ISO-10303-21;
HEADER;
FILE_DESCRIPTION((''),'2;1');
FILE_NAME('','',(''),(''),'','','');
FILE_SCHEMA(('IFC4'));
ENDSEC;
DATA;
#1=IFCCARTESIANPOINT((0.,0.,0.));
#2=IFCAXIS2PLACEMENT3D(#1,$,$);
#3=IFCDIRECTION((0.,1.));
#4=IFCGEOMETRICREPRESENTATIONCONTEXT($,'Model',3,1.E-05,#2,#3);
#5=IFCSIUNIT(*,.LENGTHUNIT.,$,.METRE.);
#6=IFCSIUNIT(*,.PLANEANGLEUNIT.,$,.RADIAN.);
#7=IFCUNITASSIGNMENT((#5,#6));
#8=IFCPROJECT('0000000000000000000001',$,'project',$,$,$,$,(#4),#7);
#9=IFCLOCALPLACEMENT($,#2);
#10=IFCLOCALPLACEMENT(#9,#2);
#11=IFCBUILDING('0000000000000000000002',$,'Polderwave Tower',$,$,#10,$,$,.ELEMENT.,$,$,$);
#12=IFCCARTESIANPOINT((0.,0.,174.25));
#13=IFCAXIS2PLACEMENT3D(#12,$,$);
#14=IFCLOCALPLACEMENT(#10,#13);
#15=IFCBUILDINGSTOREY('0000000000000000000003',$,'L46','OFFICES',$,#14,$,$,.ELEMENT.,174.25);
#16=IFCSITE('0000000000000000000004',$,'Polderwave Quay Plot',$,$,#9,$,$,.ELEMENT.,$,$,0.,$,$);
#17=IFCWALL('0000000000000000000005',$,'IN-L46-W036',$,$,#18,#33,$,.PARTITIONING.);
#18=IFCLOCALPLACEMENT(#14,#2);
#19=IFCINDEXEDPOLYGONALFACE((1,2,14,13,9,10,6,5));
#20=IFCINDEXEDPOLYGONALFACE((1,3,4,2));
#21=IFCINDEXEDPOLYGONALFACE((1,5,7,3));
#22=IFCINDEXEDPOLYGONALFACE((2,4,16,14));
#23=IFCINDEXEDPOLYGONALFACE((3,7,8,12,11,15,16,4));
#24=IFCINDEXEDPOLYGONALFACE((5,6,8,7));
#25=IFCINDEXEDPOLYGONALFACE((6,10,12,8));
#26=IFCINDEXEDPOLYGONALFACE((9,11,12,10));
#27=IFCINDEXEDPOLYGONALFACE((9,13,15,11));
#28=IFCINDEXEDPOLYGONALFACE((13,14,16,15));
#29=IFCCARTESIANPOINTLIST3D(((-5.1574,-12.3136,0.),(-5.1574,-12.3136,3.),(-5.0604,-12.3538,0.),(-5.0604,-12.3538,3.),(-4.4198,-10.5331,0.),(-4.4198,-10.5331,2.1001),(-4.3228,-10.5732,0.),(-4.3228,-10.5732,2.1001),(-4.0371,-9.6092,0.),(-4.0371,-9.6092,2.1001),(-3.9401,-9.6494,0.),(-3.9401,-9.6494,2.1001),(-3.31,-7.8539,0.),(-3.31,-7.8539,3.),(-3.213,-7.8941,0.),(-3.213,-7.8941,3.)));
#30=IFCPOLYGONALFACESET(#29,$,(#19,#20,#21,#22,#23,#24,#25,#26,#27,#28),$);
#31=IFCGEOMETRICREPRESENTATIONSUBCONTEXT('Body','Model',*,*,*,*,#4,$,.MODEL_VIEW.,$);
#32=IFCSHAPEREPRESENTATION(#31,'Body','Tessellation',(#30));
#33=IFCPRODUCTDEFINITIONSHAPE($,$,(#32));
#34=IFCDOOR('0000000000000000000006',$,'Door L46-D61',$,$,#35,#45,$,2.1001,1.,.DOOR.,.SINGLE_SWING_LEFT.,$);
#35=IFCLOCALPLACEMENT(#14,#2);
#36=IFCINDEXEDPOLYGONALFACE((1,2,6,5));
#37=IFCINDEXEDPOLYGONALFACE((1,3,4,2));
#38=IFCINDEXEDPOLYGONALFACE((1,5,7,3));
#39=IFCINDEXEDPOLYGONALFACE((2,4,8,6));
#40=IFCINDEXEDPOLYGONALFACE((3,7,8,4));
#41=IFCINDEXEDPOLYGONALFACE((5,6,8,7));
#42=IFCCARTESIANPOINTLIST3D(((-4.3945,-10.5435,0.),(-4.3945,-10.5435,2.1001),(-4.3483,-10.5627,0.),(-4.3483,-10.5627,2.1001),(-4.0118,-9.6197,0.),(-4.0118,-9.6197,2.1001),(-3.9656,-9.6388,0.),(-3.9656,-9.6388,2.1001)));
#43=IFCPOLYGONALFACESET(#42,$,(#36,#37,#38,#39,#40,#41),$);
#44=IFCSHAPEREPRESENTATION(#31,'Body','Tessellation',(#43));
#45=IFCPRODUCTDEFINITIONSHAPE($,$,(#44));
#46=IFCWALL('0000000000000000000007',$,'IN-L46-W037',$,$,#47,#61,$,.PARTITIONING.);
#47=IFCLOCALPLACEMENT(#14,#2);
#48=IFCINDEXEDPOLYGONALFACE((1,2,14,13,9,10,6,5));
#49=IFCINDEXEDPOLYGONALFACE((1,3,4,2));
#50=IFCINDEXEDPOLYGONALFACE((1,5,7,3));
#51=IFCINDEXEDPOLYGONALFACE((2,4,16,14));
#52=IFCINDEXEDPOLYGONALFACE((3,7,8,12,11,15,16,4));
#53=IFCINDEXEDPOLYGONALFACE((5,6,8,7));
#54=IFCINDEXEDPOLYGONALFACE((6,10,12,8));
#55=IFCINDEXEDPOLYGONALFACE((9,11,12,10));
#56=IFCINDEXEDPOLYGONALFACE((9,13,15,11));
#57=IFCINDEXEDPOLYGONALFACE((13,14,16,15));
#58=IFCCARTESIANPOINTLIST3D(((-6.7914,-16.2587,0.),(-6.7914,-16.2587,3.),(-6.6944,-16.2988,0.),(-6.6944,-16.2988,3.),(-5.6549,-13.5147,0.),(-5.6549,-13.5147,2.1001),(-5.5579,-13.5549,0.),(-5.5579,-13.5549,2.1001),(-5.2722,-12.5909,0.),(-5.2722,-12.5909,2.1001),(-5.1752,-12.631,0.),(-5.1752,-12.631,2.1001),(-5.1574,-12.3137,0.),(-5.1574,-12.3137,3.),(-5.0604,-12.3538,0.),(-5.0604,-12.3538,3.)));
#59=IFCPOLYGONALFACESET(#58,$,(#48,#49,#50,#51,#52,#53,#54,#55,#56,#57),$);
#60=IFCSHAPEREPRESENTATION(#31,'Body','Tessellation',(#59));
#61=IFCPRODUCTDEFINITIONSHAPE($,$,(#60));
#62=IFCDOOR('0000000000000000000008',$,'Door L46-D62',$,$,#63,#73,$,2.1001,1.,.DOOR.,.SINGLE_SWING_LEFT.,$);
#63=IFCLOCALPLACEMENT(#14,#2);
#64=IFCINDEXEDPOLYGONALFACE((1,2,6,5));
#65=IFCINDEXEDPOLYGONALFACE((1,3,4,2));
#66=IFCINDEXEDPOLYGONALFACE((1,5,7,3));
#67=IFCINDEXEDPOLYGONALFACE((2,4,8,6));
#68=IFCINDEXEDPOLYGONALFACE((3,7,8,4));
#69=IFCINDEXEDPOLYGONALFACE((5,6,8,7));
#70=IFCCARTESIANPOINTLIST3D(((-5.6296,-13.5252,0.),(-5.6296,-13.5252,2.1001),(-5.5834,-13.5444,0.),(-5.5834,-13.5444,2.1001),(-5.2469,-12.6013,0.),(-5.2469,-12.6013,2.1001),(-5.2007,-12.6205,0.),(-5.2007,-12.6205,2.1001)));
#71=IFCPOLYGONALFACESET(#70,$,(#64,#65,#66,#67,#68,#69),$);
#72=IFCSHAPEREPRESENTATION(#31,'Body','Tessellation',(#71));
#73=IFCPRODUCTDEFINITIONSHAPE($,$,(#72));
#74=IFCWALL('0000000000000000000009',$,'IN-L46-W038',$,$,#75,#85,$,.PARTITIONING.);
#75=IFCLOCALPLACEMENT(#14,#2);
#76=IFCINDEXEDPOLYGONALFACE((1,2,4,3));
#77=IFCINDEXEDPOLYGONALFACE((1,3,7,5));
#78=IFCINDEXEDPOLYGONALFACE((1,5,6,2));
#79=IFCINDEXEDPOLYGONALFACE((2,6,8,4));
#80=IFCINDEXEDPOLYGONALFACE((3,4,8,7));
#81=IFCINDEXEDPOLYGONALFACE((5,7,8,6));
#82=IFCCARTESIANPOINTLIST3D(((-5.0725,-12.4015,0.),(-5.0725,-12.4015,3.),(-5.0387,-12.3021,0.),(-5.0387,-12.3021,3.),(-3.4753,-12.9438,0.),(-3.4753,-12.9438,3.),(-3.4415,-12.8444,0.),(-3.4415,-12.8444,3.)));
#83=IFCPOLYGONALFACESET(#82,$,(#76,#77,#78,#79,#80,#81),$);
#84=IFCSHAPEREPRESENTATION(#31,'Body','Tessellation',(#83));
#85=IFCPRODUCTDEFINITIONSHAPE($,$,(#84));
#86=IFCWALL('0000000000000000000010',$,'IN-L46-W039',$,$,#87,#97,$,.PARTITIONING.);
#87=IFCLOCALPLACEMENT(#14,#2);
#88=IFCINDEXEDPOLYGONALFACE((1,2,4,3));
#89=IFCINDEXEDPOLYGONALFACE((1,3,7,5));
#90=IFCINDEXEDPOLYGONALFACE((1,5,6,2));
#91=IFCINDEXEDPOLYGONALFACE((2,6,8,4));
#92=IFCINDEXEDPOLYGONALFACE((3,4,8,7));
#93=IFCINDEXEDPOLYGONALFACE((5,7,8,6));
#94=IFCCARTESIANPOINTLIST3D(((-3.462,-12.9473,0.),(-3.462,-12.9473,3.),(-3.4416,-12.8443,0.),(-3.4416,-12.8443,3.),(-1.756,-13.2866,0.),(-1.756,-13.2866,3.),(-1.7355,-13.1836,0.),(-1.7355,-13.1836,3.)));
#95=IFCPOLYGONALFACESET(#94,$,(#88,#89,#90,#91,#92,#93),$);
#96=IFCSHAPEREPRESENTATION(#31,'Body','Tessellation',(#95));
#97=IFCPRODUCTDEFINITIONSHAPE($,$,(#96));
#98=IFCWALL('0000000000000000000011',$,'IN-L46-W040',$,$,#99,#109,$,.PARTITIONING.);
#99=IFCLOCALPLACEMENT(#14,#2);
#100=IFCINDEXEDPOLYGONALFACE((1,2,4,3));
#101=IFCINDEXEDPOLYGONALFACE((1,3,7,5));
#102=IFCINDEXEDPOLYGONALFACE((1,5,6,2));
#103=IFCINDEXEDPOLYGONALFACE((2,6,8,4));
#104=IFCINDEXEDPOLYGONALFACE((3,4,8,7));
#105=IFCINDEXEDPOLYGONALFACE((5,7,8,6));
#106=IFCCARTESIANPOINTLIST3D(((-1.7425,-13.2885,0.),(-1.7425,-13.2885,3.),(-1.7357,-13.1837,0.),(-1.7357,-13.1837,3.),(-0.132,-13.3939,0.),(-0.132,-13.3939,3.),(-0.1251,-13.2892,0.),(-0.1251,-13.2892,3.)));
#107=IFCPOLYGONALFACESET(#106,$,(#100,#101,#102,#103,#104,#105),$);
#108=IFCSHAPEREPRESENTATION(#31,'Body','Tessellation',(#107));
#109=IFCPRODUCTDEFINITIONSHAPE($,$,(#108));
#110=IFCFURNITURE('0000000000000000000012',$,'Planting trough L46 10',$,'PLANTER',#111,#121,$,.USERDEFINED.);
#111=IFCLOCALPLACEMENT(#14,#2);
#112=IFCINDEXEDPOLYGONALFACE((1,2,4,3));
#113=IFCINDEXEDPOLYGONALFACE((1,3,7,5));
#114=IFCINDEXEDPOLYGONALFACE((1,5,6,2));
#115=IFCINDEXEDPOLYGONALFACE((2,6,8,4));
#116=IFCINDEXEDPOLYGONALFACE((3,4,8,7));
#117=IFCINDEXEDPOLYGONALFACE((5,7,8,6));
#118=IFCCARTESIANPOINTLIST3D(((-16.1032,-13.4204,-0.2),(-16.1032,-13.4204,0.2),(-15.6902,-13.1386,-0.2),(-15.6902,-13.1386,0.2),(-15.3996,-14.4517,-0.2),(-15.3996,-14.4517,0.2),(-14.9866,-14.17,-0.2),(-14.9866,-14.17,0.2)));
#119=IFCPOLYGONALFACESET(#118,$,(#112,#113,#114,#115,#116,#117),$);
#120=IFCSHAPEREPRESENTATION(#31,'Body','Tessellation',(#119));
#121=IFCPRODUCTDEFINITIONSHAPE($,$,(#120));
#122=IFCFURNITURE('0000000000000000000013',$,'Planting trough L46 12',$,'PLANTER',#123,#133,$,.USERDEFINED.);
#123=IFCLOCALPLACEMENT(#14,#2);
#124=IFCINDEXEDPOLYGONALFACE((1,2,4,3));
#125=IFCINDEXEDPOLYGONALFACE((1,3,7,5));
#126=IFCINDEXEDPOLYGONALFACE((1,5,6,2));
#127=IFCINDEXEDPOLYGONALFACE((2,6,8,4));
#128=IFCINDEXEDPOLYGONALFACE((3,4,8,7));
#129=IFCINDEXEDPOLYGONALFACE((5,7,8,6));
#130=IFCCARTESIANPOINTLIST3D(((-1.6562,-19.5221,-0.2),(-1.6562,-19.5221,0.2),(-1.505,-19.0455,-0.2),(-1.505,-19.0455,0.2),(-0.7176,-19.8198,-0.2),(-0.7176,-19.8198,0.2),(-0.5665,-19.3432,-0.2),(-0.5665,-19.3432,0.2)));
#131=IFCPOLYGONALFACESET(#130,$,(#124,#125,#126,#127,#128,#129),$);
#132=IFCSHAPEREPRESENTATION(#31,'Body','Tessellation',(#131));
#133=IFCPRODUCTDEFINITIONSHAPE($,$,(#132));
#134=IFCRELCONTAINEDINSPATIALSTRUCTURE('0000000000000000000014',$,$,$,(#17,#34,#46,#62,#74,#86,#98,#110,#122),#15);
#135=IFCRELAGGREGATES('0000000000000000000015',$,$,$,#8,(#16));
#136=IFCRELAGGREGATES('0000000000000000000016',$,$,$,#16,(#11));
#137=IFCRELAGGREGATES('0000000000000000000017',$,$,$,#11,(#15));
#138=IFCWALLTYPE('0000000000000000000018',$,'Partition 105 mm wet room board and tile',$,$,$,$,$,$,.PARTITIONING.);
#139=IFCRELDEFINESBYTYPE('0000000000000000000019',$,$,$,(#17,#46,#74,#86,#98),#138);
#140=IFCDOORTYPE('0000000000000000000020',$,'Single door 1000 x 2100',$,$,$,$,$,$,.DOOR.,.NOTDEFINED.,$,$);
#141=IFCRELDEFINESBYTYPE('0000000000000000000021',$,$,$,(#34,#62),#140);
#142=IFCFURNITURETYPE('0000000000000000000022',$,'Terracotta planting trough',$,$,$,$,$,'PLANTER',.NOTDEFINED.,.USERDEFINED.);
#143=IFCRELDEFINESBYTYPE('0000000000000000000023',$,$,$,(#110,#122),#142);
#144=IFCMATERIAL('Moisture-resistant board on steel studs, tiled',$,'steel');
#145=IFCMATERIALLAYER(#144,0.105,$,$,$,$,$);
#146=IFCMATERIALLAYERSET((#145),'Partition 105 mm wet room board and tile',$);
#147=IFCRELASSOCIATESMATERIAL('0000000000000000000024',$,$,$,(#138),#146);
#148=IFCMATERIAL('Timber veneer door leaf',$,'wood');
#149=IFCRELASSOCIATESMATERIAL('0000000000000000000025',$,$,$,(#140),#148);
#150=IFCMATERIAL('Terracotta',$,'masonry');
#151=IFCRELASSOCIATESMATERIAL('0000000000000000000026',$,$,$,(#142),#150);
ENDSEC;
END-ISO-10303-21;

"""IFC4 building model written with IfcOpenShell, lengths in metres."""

from ifc_helpers import new_model, si_unit, direction, frame, frame_2d, origin, origin_2d, place, context, subcontext, project, spatial, rectangle, extrude, material, layer, layer_set, type_object, element, fill, save


model = new_model("IFC4")

# Units and contexts
model_context = context("Model", 3, precision=1e-05, world=origin(), true_north=direction((0.0, 1.0)))
body_context = subcontext(model_context, "Body", "Model", "MODEL_VIEW")
ifc_project = project(units=[si_unit("LENGTHUNIT", "METRE"), si_unit("PLANEANGLEUNIT", "RADIAN")], contexts=[model_context])

# Site, building, storey
site_placement = place(None, origin())
site = spatial("IfcSite", under=ifc_project, at=site_placement, Name="Polderwave Quay Plot", CompositionType="ELEMENT", RefElevation=0.0)
building_placement = place(site_placement, origin())
building = spatial("IfcBuilding", under=site, at=building_placement, Name="Polderwave Tower", CompositionType="ELEMENT")
storey_placement = place(building_placement, frame((0.0, 0.0, 174.25)))
storey = spatial("IfcBuildingStorey", under=building, at=storey_placement, Name="L46", Description="OFFICES", CompositionType="ELEMENT", Elevation=174.25)

# Walls, openings, doors
ifc_material_1 = material(Name="Moisture-resistant board on steel studs, tiled", Category="steel")
ifc_layer_1 = layer(ifc_material_1, 0.105)
ifc_layer_set_1 = layer_set([ifc_layer_1], Name="Partition 105 mm wet room board and tile")
wall_type_1 = type_object("IfcWallType", Name="Partition 105 mm wet room board and tile", PredefinedType="PARTITIONING", material=ifc_layer_set_1)
wall_1_placement = place(storey_placement, frame((-3.2615, -7.874, 0.0), z_axis=(0.0, 0.0, 1.0), x_axis=(-0.382708, -0.92387, 0.0)))
wall_1 = element("IfcWall", 1, at=wall_1_placement, inside=storey, type_object=wall_type_1, Name="IN-L46-W036", PredefinedType="PARTITIONING", context=body_context, shape_type="SweptSolid", body=[
    extrude(rectangle(XDim=4.8271, YDim=0.105, at=frame_2d((2.4136, 0.0))), origin(), (0.0, 0.0, 1.0), 3.0),
])
opening_1_placement = place(wall_1_placement, frame((1.8999, 0.0, 0.0)))
opening_1 = element("IfcOpeningElement", 2, at=opening_1_placement, cuts=wall_1, PredefinedType="OPENING", context=body_context, shape_type="SweptSolid", body=[
    extrude(rectangle(XDim=1.0, YDim=2.1001, at=frame_2d((0.5, 1.05))), frame((0.0, 0.0625, 0.0), z_axis=(0.0, -1.0, 0.0), x_axis=(1.0, 0.0, 0.0)), (0.0, 0.0, 1.0), 0.125),
])
ifc_material_2 = material(Name="Timber veneer door leaf", Category="wood")
door_type = type_object("IfcDoorType", Name="Single door 1000 x 2100", OperationType="NOTDEFINED", PredefinedType="DOOR", material=ifc_material_2)
door_1_placement = place(opening_1_placement, origin())
door_1 = element("IfcDoor", 3, at=door_1_placement, inside=storey, type_object=door_type, Name="Door L46-D61", OperationType="SINGLE_SWING_LEFT", OverallHeight=2.1001, OverallWidth=1.0, PredefinedType="DOOR", context=body_context, shape_type="SweptSolid", body=[
    extrude(rectangle(XDim=1.0, YDim=2.1001, at=frame_2d((0.5, 1.05))), frame((0.0, 0.0249, 0.0), z_axis=(0.0, -1.0, 0.0), x_axis=(1.0, 0.0, 0.0)), (0.0, 0.0, 1.0), 0.05),
])
fill(opening_1, door_1)
wall_2_placement = place(storey_placement, frame((-5.1089, -12.3337, 0.0), z_axis=(0.0, 0.0, 1.0), x_axis=(-0.38267, -0.923885, 0.0)))
wall_2 = element("IfcWall", 4, at=wall_2_placement, inside=storey, type_object=wall_type_1, Name="IN-L46-W037", PredefinedType="PARTITIONING", context=body_context, shape_type="SweptSolid", body=[
    extrude(rectangle(XDim=4.27, YDim=0.105, at=frame_2d((2.135, 0.0))), origin(), (0.0, 0.0, 1.0), 3.0),
])
opening_2_placement = place(wall_2_placement, frame((0.3, 0.0, 0.0)))
opening_2 = element("IfcOpeningElement", 5, at=opening_2_placement, cuts=wall_2, PredefinedType="OPENING", context=body_context, shape_type="SweptSolid", body=[
    extrude(rectangle(XDim=1.0, YDim=2.1001, at=frame_2d((0.5, 1.05))), frame((0.0, 0.0625, 0.0), z_axis=(0.0, -1.0, 0.0), x_axis=(1.0, 0.0, 0.0)), (0.0, 0.0, 1.0), 0.125),
])
door_2_placement = place(opening_2_placement, origin())
door_2 = element("IfcDoor", 6, at=door_2_placement, inside=storey, type_object=door_type, Name="Door L46-D62", OperationType="SINGLE_SWING_LEFT", OverallHeight=2.1001, OverallWidth=1.0, PredefinedType="DOOR", context=body_context, shape_type="SweptSolid", body=[
    extrude(rectangle(XDim=1.0, YDim=2.1001, at=frame_2d((0.5, 1.05))), frame((0.0, 0.0249, 0.0), z_axis=(0.0, -1.0, 0.0), x_axis=(1.0, 0.0, 0.0)), (0.0, 0.0, 1.0), 0.05),
])
fill(opening_2, door_2)

# Walls
wall_3_placement = place(storey_placement, frame((-3.4585, -12.894, 0.0), z_axis=(0.0, 0.0, 1.0), x_axis=(-0.946917, 0.321477, 0.0)))
element("IfcWall", 7, at=wall_3_placement, inside=storey, type_object=wall_type_1, Name="IN-L46-W038", PredefinedType="PARTITIONING", context=body_context, shape_type="SweptSolid", body=[
    extrude(rectangle(XDim=1.6868, YDim=0.105, at=frame_2d((0.8433, 0.0))), origin(), (0.0, 0.0, 1.0), 3.0),
])
wall_4_placement = place(storey_placement, frame((-1.7458, -13.2351, 0.0), z_axis=(0.0, 0.0, 1.0), x_axis=(-0.980785, 0.19509, 0.0)))
element("IfcWall", 8, at=wall_4_placement, inside=storey, type_object=wall_type_1, Name="IN-L46-W039", PredefinedType="PARTITIONING", context=body_context, shape_type="SweptSolid", body=[
    extrude(rectangle(XDim=1.7395, YDim=0.105, at=frame_2d((0.8696, 0.0))), origin(), (0.0, 0.0, 1.0), 3.0),
])
wall_5_placement = place(storey_placement, frame((-0.1284, -13.3416, 0.0), z_axis=(0.0, 0.0, 1.0), x_axis=(-0.997863, 0.065344, 0.0)))
element("IfcWall", 9, at=wall_5_placement, inside=storey, type_object=wall_type_1, Name="IN-L46-W040", PredefinedType="PARTITIONING", context=body_context, shape_type="SweptSolid", body=[
    extrude(rectangle(XDim=1.614, YDim=0.105, at=frame_2d((0.8071, 0.0))), origin(), (0.0, 0.0, 1.0), 3.0),
])

# Furniture
ifc_material_3 = material(Name="Terracotta", Category="masonry")
furniture_type = type_object("IfcFurnitureType", Name="Terracotta planting trough", ElementType="PLANTER", AssemblyPlace="NOTDEFINED", PredefinedType="USERDEFINED", material=ifc_material_3)
furniture_1_placement = place(storey_placement, frame((-15.5449, -13.7952, -0.2), z_axis=(0.0, 0.0, 1.0), x_axis=(0.563551, -0.826082, 0.0)))
element("IfcFurniture", 10, at=furniture_1_placement, inside=storey, type_object=furniture_type, Name="Planting trough L46 10", ObjectType="PLANTER", PredefinedType="USERDEFINED", context=body_context, shape_type="SweptSolid", body=[
    extrude(rectangle(XDim=1.2485, YDim=0.5, at=origin_2d()), origin(), (0.0, 0.0, 1.0), 0.3999),
])
furniture_2_placement = place(storey_placement, frame((-1.1113, -19.4326, -0.2), z_axis=(0.0, 0.0, 1.0), x_axis=(0.953201, -0.302337, 0.0)))
element("IfcFurniture", 11, at=furniture_2_placement, inside=storey, type_object=furniture_type, Name="Planting trough L46 12", ObjectType="PLANTER", PredefinedType="USERDEFINED", context=body_context, shape_type="SweptSolid", body=[
    extrude(rectangle(XDim=0.9846, YDim=0.5, at=origin_2d()), origin(), (0.0, 0.0, 1.0), 0.3999),
])

save(model, "model.ifc")
